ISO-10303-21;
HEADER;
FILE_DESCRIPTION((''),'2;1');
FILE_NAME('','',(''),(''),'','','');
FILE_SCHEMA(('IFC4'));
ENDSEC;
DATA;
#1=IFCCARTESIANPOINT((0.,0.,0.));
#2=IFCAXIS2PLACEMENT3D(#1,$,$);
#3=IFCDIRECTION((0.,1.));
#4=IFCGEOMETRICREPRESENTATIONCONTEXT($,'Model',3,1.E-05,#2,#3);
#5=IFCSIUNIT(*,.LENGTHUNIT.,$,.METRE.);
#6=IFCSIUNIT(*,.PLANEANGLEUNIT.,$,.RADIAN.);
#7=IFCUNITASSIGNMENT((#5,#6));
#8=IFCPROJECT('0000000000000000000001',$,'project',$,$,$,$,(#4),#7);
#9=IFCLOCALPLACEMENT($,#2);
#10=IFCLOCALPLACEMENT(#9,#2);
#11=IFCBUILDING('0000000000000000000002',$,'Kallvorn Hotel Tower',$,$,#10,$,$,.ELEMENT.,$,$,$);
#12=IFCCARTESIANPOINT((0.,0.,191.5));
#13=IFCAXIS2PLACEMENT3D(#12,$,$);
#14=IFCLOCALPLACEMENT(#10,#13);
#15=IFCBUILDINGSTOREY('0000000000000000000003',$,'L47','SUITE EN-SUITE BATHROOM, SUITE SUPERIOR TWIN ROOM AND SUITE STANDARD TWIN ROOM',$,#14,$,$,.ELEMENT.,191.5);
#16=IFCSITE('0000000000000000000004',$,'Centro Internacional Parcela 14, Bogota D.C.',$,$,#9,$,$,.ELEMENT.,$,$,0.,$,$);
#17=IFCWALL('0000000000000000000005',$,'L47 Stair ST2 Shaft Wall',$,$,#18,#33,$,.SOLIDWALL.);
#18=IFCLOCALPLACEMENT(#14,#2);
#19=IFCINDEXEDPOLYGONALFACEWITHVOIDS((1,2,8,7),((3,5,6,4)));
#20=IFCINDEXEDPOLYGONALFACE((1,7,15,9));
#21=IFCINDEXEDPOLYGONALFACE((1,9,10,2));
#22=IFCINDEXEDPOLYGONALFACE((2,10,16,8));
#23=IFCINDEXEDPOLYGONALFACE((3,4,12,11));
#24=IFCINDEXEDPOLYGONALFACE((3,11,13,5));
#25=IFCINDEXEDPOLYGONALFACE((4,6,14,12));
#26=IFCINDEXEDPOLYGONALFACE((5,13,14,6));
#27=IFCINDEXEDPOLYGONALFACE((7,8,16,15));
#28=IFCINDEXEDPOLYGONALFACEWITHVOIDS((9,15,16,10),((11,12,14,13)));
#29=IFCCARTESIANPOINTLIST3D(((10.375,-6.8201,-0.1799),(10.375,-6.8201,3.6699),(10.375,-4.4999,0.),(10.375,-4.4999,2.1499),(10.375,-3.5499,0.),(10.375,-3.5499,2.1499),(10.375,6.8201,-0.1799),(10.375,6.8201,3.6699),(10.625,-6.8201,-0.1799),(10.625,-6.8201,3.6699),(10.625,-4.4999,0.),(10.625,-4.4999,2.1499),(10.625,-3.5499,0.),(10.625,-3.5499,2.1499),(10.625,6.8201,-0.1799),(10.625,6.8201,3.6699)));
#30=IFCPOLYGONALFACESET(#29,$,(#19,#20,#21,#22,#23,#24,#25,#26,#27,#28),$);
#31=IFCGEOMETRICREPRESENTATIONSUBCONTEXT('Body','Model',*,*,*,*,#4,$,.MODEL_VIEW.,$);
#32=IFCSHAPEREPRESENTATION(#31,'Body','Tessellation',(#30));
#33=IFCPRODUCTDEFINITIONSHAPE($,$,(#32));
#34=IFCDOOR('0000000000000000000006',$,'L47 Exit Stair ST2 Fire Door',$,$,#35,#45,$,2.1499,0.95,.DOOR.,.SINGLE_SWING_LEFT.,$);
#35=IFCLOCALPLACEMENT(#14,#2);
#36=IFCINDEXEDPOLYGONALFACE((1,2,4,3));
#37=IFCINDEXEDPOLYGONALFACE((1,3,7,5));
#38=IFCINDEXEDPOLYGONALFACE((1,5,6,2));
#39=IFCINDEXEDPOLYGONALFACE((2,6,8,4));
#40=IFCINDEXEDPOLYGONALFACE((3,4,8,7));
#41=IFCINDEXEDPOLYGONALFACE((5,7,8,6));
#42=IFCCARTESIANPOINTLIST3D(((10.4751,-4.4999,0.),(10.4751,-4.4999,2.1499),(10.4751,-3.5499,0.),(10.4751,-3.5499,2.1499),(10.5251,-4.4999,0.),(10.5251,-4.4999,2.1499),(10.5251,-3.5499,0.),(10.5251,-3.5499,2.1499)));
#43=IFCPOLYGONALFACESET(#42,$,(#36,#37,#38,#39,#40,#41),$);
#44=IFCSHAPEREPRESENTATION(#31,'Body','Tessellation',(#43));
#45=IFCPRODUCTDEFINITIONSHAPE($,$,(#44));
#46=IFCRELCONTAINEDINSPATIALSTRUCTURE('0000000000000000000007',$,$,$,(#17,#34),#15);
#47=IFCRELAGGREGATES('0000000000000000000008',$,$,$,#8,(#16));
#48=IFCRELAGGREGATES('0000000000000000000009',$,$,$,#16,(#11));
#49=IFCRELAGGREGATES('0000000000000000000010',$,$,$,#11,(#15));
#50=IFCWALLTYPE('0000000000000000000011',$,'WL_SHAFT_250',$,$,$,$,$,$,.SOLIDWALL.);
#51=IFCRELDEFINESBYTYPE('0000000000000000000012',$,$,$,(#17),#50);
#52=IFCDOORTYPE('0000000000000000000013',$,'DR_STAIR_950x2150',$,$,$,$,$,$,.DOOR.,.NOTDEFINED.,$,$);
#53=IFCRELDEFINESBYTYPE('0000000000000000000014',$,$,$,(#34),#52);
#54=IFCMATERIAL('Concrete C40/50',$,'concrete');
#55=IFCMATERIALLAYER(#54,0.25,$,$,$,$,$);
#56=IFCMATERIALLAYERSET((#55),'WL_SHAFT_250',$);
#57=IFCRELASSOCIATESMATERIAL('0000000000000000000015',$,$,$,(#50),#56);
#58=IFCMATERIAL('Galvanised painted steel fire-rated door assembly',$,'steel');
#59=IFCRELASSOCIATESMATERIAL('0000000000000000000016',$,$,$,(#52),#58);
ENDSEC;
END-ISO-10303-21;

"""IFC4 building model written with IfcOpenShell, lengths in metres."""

from ifc_helpers import new_model, si_unit, direction, frame, frame_2d, origin, place, context, subcontext, project, spatial, rectangle, extrude, material, layer, layer_set, type_object, element, fill, save


model = new_model("IFC4")

# Units and contexts
model_context = context("Model", 3, precision=1e-05, world=origin(), true_north=direction((0.0, 1.0)))
body_context = subcontext(model_context, "Body", "Model", "MODEL_VIEW")
ifc_project = project(units=[si_unit("LENGTHUNIT", "METRE"), si_unit("PLANEANGLEUNIT", "RADIAN")], contexts=[model_context])

# Site, building, storey
site_placement = place(None, origin())
site = spatial("IfcSite", under=ifc_project, at=site_placement, Name="Centro Internacional Parcela 14, Bogota D.C.", CompositionType="ELEMENT", RefElevation=0.0)
building_placement = place(site_placement, origin())
building = spatial("IfcBuilding", under=site, at=building_placement, Name="Kallvorn Hotel Tower", CompositionType="ELEMENT")
storey_placement = place(building_placement, frame((0.0, 0.0, 191.5)))
storey = spatial("IfcBuildingStorey", under=building, at=storey_placement, Name="L47", Description="SUITE EN-SUITE BATHROOM, SUITE SUPERIOR TWIN ROOM AND SUITE STANDARD TWIN ROOM", CompositionType="ELEMENT", Elevation=191.5)

# Wall, opening, door
ifc_material_1 = material(Name="Concrete C40/50", Category="concrete")
ifc_layer_1 = layer(ifc_material_1, 0.25)
ifc_layer_set_1 = layer_set([ifc_layer_1], Name="WL_SHAFT_250")
wall_type_1 = type_object("IfcWallType", Name="WL_SHAFT_250", PredefinedType="SOLIDWALL", material=ifc_layer_set_1)
wall_1_placement = place(storey_placement, frame((10.5, -6.8201, -0.1799), z_axis=(0.0, 0.0, 1.0), x_axis=(0.0, 1.0, 0.0)))
wall_1 = element("IfcWall", 1, at=wall_1_placement, inside=storey, type_object=wall_type_1, Name="L47 Stair ST2 Shaft Wall", PredefinedType="SOLIDWALL", context=body_context, shape_type="SweptSolid", body=[
    extrude(rectangle(XDim=13.6401, YDim=0.25, at=frame_2d((6.8201, 0.0))), origin(), (0.0, 0.0, 1.0), 3.8499),
])
opening_1_placement = place(wall_1_placement, frame((2.3201, 0.0, 0.1799)))
opening_1 = element("IfcOpeningElement", 2, at=opening_1_placement, cuts=wall_1, PredefinedType="OPENING", context=body_context, shape_type="SweptSolid", body=[
    extrude(rectangle(XDim=0.95, YDim=2.1499, at=frame_2d((0.4751, 1.075))), frame((0.0, 0.1399, 0.0), z_axis=(0.0, -1.0, 0.0), x_axis=(1.0, 0.0, 0.0)), (0.0, 0.0, 1.0), 0.28),
])
ifc_material_2 = material(Name="Galvanised painted steel fire-rated door assembly", Category="steel")
door_type_1 = type_object("IfcDoorType", Name="DR_STAIR_950x2150", OperationType="NOTDEFINED", PredefinedType="DOOR", material=ifc_material_2)
door_1_placement = place(opening_1_placement, origin())
door_1 = element("IfcDoor", 3, at=door_1_placement, inside=storey, type_object=door_type_1, Name="L47 Exit Stair ST2 Fire Door", OperationType="SINGLE_SWING_LEFT", OverallHeight=2.1499, OverallWidth=0.95, PredefinedType="DOOR", context=body_context, shape_type="SweptSolid", body=[
    extrude(rectangle(XDim=0.95, YDim=2.1499, at=frame_2d((0.4751, 1.075))), frame((0.0, 0.0249, 0.0), z_axis=(0.0, -1.0, 0.0), x_axis=(1.0, 0.0, 0.0)), (0.0, 0.0, 1.0), 0.05),
])
fill(opening_1, door_1)

save(model, "model.ifc")
